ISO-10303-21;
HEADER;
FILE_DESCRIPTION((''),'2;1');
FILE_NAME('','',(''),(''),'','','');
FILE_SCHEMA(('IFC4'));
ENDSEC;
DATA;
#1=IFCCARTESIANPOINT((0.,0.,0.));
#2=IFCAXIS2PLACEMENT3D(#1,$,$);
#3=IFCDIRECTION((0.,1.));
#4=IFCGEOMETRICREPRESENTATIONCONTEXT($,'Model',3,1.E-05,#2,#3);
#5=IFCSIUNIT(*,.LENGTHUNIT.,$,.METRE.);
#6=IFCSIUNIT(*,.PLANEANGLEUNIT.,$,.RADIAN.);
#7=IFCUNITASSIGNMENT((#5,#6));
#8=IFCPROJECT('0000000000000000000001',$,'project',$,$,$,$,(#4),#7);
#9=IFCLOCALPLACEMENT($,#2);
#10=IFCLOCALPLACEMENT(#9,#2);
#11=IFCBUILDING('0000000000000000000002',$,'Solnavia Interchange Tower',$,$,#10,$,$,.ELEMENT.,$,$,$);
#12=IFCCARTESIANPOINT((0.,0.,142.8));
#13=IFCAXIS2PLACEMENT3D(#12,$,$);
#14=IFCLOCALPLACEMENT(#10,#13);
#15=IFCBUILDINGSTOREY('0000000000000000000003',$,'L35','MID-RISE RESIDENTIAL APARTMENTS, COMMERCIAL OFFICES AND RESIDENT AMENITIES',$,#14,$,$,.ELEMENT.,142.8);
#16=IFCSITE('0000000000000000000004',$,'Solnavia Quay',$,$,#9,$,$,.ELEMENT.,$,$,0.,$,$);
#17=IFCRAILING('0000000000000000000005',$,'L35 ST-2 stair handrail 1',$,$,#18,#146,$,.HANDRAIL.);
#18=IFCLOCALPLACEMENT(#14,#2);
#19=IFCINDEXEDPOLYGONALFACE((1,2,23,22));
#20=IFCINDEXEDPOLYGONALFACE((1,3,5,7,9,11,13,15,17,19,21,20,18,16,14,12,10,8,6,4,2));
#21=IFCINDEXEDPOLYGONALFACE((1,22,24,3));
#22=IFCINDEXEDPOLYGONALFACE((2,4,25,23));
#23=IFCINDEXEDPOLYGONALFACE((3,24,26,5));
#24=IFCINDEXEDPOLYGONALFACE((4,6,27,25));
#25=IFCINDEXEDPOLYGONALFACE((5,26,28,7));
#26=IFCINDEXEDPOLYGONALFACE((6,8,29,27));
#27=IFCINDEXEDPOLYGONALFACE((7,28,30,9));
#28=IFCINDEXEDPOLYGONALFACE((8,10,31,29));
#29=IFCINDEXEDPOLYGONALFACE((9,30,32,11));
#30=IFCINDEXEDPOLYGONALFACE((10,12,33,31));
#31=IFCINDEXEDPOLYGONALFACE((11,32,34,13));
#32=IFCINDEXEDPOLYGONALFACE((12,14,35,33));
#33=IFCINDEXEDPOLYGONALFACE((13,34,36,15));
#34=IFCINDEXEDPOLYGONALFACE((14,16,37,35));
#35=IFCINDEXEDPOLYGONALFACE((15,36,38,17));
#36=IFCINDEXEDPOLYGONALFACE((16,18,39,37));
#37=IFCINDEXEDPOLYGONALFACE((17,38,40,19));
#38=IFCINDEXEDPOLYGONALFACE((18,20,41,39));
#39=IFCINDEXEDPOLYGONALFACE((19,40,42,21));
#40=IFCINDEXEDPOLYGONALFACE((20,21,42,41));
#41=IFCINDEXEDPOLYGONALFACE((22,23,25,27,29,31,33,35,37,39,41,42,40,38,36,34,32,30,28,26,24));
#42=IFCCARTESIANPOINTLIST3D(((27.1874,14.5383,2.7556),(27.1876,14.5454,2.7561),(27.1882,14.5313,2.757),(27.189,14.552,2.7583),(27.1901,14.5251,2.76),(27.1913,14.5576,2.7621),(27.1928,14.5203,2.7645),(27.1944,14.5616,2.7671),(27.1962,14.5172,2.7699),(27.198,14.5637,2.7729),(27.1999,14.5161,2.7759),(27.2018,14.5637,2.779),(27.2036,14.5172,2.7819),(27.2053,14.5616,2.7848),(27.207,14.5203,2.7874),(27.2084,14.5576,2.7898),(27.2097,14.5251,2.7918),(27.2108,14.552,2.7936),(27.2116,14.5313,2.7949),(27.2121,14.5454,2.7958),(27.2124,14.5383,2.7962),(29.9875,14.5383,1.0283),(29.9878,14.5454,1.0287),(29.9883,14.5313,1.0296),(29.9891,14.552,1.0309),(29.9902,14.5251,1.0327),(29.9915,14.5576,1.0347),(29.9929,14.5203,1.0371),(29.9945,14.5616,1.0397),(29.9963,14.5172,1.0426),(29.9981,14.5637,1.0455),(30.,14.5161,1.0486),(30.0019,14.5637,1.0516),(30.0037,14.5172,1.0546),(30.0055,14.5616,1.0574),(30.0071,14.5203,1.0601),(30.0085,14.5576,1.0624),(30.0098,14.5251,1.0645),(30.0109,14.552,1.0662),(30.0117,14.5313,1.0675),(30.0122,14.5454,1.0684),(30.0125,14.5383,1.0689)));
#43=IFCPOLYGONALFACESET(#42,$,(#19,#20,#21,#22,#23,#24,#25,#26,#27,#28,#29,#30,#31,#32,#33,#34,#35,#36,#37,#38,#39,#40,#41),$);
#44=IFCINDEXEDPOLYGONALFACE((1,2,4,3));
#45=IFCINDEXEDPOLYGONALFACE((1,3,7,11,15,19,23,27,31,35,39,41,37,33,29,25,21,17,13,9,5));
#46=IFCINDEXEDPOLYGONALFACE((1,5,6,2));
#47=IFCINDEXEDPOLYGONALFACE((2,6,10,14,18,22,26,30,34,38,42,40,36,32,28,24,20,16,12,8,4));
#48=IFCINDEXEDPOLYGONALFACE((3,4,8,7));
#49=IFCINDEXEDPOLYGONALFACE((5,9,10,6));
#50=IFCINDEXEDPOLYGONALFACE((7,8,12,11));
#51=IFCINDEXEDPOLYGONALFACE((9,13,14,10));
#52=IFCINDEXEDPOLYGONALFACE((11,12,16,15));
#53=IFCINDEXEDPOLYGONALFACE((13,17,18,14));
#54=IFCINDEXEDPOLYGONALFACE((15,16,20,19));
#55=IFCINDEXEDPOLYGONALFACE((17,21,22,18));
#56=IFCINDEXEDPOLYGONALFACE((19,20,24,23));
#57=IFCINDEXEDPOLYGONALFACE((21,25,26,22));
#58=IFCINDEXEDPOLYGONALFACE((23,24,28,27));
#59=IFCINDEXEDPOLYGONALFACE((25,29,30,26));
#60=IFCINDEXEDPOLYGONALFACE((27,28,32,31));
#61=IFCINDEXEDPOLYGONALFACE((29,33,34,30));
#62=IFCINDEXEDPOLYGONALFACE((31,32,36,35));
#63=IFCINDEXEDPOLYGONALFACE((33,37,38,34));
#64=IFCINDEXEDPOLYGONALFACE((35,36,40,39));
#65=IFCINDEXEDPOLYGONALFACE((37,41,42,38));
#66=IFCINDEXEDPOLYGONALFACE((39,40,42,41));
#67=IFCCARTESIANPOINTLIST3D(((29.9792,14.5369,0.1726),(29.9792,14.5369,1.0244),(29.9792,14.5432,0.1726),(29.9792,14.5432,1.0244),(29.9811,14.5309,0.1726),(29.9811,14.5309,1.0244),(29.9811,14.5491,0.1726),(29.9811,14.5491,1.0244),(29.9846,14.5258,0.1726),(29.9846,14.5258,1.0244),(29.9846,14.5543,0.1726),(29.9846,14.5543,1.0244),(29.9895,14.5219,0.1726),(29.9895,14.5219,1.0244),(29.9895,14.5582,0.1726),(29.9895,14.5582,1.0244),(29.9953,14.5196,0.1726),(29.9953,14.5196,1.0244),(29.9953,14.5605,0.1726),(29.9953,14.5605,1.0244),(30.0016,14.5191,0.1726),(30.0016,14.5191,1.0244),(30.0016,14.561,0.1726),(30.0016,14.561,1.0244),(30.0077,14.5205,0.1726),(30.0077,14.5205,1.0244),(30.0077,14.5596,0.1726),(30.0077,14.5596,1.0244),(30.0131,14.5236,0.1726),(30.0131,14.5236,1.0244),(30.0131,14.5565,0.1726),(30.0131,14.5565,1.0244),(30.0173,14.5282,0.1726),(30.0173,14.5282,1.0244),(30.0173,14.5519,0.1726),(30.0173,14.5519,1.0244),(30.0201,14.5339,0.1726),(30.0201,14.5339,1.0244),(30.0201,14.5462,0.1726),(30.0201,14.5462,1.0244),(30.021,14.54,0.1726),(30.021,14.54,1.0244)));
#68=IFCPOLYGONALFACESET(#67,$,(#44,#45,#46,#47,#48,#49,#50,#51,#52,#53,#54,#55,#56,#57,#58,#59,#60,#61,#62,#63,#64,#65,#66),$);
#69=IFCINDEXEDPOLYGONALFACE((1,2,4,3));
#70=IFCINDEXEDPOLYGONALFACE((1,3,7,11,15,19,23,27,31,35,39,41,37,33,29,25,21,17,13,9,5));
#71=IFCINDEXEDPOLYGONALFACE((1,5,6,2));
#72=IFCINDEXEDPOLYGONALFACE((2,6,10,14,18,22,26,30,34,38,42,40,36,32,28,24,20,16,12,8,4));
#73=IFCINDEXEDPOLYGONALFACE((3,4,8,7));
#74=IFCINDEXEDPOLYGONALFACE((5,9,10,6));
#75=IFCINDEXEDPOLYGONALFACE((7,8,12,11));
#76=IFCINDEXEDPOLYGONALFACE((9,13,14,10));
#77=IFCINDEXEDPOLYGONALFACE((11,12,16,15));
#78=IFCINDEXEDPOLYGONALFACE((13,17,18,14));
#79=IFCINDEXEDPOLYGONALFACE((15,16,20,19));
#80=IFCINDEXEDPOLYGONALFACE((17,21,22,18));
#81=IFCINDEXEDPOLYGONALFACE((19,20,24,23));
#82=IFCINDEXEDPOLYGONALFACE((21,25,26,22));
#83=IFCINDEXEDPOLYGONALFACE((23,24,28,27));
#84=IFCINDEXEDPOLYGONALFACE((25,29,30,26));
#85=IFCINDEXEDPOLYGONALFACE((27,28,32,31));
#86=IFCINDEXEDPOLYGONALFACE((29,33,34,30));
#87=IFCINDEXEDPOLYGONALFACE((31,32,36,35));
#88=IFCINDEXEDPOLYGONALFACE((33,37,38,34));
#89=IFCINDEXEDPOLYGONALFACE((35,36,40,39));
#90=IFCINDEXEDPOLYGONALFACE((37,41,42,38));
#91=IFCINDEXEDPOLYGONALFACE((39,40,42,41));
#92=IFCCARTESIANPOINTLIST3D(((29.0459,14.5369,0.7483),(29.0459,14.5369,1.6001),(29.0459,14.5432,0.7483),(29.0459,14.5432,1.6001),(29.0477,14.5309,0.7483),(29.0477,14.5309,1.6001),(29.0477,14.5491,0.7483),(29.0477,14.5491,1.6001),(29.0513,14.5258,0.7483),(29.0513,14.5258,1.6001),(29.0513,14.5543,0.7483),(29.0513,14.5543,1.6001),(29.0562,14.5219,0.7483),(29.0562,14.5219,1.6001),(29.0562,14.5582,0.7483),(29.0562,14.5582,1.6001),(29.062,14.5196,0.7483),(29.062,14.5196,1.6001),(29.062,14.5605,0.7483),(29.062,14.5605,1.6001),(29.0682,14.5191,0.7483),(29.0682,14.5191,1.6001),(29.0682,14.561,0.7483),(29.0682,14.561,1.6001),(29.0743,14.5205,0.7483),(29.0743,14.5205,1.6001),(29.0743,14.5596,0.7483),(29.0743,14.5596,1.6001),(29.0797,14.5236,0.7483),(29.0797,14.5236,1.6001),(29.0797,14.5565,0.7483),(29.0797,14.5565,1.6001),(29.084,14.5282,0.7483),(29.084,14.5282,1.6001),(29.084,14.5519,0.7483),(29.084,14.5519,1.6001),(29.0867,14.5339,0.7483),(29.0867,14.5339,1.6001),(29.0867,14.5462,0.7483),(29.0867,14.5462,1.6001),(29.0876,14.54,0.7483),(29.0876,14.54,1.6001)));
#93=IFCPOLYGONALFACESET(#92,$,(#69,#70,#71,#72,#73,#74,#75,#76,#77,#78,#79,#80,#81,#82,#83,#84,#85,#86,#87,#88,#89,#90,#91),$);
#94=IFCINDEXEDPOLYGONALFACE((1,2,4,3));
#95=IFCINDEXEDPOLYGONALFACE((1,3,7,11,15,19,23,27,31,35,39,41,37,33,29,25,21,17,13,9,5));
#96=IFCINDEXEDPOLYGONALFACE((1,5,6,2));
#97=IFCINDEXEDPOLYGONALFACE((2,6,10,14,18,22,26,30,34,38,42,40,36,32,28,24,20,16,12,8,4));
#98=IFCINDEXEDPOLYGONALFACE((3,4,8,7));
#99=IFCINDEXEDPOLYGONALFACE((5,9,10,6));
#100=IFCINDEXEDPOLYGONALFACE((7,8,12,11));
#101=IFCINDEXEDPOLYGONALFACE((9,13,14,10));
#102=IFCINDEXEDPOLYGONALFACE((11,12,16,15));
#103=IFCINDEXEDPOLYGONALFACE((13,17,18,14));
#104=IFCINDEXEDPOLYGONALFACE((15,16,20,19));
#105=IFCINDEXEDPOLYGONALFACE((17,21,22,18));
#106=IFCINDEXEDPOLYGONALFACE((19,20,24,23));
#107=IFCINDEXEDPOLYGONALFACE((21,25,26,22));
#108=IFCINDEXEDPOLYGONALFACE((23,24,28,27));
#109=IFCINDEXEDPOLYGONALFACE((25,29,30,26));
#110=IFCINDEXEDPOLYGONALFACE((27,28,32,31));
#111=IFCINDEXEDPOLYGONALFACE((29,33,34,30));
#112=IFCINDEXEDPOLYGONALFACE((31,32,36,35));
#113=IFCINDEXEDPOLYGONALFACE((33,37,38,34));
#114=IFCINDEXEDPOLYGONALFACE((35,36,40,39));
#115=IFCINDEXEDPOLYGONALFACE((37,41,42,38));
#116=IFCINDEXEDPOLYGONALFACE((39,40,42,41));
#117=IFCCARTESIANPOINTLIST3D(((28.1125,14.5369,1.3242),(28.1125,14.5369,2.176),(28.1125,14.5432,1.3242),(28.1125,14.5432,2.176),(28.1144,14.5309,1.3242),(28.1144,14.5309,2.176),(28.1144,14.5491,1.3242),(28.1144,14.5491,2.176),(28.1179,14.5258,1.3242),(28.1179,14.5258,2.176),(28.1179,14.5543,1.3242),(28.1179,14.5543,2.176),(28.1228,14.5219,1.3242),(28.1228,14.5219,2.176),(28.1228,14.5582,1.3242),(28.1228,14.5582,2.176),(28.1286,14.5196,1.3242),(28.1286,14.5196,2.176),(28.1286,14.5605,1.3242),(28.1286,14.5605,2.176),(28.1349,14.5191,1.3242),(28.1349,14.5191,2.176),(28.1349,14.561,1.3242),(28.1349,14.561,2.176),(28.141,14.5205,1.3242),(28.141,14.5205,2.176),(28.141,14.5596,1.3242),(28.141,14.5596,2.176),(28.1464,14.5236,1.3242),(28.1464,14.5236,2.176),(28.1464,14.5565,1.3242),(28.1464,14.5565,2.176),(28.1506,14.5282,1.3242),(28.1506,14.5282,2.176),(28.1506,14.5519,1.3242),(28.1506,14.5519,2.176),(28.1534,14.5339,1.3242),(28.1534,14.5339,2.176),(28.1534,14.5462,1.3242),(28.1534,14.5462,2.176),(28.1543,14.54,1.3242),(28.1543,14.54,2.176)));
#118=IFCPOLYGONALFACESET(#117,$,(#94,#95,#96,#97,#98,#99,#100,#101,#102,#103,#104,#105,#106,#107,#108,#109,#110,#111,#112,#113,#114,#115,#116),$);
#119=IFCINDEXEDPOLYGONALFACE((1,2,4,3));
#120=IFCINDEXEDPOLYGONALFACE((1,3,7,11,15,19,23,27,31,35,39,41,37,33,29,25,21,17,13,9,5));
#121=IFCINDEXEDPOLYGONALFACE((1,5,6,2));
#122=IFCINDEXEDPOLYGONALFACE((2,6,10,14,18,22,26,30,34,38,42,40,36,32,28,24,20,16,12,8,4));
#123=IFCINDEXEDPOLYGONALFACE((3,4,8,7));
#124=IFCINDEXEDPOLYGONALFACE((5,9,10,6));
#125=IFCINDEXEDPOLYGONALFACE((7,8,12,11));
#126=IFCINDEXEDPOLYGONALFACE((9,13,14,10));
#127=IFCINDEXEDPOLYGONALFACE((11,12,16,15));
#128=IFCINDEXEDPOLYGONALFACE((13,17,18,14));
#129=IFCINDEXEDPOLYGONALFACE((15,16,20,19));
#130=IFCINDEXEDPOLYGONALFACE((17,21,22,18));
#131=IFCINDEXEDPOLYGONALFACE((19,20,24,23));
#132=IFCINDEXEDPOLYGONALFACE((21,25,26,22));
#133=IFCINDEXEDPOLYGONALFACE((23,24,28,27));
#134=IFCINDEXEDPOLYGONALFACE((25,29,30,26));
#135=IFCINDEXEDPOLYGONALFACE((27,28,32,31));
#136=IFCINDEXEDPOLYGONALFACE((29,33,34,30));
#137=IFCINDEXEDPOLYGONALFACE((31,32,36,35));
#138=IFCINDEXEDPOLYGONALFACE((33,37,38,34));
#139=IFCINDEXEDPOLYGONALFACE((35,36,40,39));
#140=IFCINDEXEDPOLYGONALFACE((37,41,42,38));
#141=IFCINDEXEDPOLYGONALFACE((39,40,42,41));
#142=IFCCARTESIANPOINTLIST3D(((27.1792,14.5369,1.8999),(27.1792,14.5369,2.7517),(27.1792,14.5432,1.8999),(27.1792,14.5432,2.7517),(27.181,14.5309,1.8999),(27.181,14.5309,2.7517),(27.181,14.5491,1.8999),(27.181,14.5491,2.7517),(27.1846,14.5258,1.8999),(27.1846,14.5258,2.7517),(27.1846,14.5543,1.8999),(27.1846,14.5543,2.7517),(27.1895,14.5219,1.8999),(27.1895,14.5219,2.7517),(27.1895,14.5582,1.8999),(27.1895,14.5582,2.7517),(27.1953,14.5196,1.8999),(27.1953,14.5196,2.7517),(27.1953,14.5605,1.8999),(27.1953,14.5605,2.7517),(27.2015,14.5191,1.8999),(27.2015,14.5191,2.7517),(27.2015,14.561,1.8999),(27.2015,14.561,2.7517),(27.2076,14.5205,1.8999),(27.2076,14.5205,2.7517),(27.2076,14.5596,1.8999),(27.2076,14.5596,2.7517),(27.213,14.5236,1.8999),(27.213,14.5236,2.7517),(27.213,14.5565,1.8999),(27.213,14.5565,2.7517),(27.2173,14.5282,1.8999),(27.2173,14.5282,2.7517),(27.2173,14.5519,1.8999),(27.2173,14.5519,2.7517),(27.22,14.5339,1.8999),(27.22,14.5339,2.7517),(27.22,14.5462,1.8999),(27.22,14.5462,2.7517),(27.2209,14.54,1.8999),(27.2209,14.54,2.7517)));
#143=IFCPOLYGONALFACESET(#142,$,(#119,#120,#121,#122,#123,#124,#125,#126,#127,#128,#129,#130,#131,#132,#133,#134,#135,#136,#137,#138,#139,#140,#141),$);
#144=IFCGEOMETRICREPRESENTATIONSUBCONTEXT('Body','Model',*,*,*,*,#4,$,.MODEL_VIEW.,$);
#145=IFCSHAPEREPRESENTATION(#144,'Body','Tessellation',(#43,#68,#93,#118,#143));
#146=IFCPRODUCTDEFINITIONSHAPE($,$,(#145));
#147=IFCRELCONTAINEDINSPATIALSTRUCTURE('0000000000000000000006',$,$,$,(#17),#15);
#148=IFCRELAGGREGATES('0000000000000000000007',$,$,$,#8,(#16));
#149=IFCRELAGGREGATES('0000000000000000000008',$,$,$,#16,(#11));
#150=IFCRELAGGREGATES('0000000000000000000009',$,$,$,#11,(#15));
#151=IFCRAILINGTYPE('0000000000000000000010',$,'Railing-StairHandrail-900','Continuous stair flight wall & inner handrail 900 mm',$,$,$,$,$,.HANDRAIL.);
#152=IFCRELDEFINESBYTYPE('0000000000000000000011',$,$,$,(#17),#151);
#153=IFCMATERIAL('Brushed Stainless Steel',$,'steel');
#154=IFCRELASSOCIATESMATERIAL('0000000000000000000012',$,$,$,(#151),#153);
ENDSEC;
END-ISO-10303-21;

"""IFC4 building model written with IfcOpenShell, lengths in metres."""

from ifc_helpers import new_model, si_unit, direction, frame, origin, origin_2d, place, context, subcontext, project, spatial, circle, extrude, material, type_object, element, save


model = new_model("IFC4")

# Units and contexts
model_context = context("Model", 3, precision=1e-05, world=origin(), true_north=direction((0.0, 1.0)))
body_context = subcontext(model_context, "Body", "Model", "MODEL_VIEW")
ifc_project = project(units=[si_unit("LENGTHUNIT", "METRE"), si_unit("PLANEANGLEUNIT", "RADIAN")], contexts=[model_context])

# Site, building, storey
site_placement = place(None, origin())
site = spatial("IfcSite", under=ifc_project, at=site_placement, Name="Solnavia Quay", CompositionType="ELEMENT", RefElevation=0.0)
building_placement = place(site_placement, origin())
building = spatial("IfcBuilding", under=site, at=building_placement, Name="Solnavia Interchange Tower", CompositionType="ELEMENT")
storey_placement = place(building_placement, frame((0.0, 0.0, 142.8)))
storey = spatial("IfcBuildingStorey", under=building, at=storey_placement, Name="L35", Description="MID-RISE RESIDENTIAL APARTMENTS, COMMERCIAL OFFICES AND RESIDENT AMENITIES", CompositionType="ELEMENT", Elevation=142.8)

# Railing
ifc_material_1 = material(Name="Brushed Stainless Steel", Category="steel")
railing_type_1 = type_object("IfcRailingType", Name="Railing-StairHandrail-900", Description="Continuous stair flight wall & inner handrail 900 mm", PredefinedType="HANDRAIL", material=ifc_material_1)
railing_1_placement = place(storey_placement, frame((30.0, 14.54, 0.1726)))
element("IfcRailing", 1, at=railing_1_placement, inside=storey, type_object=railing_type_1, Name="L35 ST-2 stair handrail 1", PredefinedType="HANDRAIL", context=body_context, shape_type="SweptSolid", body=[
    extrude(circle(Radius=0.0239, at=origin_2d()), frame((0.0, 0.0, 0.876), z_axis=(-0.85109, 0.0, 0.52502), x_axis=(0.0, -1.0, 0.0)), (0.0, 0.0, 1.0), 3.29),
    extrude(circle(Radius=0.021, at=origin_2d()), origin(), (0.0, 0.0, 1.0), 0.8518),
    extrude(circle(Radius=0.021, at=origin_2d()), frame((-0.9333, 0.0, 0.5757)), (0.0, 0.0, 1.0), 0.8518),
    extrude(circle(Radius=0.021, at=origin_2d()), frame((-1.8667, 0.0, 1.1516)), (0.0, 0.0, 1.0), 0.8518),
    extrude(circle(Radius=0.021, at=origin_2d()), frame((-2.8, 0.0, 1.7273)), (0.0, 0.0, 1.0), 0.8518),
])

save(model, "model.ifc")
